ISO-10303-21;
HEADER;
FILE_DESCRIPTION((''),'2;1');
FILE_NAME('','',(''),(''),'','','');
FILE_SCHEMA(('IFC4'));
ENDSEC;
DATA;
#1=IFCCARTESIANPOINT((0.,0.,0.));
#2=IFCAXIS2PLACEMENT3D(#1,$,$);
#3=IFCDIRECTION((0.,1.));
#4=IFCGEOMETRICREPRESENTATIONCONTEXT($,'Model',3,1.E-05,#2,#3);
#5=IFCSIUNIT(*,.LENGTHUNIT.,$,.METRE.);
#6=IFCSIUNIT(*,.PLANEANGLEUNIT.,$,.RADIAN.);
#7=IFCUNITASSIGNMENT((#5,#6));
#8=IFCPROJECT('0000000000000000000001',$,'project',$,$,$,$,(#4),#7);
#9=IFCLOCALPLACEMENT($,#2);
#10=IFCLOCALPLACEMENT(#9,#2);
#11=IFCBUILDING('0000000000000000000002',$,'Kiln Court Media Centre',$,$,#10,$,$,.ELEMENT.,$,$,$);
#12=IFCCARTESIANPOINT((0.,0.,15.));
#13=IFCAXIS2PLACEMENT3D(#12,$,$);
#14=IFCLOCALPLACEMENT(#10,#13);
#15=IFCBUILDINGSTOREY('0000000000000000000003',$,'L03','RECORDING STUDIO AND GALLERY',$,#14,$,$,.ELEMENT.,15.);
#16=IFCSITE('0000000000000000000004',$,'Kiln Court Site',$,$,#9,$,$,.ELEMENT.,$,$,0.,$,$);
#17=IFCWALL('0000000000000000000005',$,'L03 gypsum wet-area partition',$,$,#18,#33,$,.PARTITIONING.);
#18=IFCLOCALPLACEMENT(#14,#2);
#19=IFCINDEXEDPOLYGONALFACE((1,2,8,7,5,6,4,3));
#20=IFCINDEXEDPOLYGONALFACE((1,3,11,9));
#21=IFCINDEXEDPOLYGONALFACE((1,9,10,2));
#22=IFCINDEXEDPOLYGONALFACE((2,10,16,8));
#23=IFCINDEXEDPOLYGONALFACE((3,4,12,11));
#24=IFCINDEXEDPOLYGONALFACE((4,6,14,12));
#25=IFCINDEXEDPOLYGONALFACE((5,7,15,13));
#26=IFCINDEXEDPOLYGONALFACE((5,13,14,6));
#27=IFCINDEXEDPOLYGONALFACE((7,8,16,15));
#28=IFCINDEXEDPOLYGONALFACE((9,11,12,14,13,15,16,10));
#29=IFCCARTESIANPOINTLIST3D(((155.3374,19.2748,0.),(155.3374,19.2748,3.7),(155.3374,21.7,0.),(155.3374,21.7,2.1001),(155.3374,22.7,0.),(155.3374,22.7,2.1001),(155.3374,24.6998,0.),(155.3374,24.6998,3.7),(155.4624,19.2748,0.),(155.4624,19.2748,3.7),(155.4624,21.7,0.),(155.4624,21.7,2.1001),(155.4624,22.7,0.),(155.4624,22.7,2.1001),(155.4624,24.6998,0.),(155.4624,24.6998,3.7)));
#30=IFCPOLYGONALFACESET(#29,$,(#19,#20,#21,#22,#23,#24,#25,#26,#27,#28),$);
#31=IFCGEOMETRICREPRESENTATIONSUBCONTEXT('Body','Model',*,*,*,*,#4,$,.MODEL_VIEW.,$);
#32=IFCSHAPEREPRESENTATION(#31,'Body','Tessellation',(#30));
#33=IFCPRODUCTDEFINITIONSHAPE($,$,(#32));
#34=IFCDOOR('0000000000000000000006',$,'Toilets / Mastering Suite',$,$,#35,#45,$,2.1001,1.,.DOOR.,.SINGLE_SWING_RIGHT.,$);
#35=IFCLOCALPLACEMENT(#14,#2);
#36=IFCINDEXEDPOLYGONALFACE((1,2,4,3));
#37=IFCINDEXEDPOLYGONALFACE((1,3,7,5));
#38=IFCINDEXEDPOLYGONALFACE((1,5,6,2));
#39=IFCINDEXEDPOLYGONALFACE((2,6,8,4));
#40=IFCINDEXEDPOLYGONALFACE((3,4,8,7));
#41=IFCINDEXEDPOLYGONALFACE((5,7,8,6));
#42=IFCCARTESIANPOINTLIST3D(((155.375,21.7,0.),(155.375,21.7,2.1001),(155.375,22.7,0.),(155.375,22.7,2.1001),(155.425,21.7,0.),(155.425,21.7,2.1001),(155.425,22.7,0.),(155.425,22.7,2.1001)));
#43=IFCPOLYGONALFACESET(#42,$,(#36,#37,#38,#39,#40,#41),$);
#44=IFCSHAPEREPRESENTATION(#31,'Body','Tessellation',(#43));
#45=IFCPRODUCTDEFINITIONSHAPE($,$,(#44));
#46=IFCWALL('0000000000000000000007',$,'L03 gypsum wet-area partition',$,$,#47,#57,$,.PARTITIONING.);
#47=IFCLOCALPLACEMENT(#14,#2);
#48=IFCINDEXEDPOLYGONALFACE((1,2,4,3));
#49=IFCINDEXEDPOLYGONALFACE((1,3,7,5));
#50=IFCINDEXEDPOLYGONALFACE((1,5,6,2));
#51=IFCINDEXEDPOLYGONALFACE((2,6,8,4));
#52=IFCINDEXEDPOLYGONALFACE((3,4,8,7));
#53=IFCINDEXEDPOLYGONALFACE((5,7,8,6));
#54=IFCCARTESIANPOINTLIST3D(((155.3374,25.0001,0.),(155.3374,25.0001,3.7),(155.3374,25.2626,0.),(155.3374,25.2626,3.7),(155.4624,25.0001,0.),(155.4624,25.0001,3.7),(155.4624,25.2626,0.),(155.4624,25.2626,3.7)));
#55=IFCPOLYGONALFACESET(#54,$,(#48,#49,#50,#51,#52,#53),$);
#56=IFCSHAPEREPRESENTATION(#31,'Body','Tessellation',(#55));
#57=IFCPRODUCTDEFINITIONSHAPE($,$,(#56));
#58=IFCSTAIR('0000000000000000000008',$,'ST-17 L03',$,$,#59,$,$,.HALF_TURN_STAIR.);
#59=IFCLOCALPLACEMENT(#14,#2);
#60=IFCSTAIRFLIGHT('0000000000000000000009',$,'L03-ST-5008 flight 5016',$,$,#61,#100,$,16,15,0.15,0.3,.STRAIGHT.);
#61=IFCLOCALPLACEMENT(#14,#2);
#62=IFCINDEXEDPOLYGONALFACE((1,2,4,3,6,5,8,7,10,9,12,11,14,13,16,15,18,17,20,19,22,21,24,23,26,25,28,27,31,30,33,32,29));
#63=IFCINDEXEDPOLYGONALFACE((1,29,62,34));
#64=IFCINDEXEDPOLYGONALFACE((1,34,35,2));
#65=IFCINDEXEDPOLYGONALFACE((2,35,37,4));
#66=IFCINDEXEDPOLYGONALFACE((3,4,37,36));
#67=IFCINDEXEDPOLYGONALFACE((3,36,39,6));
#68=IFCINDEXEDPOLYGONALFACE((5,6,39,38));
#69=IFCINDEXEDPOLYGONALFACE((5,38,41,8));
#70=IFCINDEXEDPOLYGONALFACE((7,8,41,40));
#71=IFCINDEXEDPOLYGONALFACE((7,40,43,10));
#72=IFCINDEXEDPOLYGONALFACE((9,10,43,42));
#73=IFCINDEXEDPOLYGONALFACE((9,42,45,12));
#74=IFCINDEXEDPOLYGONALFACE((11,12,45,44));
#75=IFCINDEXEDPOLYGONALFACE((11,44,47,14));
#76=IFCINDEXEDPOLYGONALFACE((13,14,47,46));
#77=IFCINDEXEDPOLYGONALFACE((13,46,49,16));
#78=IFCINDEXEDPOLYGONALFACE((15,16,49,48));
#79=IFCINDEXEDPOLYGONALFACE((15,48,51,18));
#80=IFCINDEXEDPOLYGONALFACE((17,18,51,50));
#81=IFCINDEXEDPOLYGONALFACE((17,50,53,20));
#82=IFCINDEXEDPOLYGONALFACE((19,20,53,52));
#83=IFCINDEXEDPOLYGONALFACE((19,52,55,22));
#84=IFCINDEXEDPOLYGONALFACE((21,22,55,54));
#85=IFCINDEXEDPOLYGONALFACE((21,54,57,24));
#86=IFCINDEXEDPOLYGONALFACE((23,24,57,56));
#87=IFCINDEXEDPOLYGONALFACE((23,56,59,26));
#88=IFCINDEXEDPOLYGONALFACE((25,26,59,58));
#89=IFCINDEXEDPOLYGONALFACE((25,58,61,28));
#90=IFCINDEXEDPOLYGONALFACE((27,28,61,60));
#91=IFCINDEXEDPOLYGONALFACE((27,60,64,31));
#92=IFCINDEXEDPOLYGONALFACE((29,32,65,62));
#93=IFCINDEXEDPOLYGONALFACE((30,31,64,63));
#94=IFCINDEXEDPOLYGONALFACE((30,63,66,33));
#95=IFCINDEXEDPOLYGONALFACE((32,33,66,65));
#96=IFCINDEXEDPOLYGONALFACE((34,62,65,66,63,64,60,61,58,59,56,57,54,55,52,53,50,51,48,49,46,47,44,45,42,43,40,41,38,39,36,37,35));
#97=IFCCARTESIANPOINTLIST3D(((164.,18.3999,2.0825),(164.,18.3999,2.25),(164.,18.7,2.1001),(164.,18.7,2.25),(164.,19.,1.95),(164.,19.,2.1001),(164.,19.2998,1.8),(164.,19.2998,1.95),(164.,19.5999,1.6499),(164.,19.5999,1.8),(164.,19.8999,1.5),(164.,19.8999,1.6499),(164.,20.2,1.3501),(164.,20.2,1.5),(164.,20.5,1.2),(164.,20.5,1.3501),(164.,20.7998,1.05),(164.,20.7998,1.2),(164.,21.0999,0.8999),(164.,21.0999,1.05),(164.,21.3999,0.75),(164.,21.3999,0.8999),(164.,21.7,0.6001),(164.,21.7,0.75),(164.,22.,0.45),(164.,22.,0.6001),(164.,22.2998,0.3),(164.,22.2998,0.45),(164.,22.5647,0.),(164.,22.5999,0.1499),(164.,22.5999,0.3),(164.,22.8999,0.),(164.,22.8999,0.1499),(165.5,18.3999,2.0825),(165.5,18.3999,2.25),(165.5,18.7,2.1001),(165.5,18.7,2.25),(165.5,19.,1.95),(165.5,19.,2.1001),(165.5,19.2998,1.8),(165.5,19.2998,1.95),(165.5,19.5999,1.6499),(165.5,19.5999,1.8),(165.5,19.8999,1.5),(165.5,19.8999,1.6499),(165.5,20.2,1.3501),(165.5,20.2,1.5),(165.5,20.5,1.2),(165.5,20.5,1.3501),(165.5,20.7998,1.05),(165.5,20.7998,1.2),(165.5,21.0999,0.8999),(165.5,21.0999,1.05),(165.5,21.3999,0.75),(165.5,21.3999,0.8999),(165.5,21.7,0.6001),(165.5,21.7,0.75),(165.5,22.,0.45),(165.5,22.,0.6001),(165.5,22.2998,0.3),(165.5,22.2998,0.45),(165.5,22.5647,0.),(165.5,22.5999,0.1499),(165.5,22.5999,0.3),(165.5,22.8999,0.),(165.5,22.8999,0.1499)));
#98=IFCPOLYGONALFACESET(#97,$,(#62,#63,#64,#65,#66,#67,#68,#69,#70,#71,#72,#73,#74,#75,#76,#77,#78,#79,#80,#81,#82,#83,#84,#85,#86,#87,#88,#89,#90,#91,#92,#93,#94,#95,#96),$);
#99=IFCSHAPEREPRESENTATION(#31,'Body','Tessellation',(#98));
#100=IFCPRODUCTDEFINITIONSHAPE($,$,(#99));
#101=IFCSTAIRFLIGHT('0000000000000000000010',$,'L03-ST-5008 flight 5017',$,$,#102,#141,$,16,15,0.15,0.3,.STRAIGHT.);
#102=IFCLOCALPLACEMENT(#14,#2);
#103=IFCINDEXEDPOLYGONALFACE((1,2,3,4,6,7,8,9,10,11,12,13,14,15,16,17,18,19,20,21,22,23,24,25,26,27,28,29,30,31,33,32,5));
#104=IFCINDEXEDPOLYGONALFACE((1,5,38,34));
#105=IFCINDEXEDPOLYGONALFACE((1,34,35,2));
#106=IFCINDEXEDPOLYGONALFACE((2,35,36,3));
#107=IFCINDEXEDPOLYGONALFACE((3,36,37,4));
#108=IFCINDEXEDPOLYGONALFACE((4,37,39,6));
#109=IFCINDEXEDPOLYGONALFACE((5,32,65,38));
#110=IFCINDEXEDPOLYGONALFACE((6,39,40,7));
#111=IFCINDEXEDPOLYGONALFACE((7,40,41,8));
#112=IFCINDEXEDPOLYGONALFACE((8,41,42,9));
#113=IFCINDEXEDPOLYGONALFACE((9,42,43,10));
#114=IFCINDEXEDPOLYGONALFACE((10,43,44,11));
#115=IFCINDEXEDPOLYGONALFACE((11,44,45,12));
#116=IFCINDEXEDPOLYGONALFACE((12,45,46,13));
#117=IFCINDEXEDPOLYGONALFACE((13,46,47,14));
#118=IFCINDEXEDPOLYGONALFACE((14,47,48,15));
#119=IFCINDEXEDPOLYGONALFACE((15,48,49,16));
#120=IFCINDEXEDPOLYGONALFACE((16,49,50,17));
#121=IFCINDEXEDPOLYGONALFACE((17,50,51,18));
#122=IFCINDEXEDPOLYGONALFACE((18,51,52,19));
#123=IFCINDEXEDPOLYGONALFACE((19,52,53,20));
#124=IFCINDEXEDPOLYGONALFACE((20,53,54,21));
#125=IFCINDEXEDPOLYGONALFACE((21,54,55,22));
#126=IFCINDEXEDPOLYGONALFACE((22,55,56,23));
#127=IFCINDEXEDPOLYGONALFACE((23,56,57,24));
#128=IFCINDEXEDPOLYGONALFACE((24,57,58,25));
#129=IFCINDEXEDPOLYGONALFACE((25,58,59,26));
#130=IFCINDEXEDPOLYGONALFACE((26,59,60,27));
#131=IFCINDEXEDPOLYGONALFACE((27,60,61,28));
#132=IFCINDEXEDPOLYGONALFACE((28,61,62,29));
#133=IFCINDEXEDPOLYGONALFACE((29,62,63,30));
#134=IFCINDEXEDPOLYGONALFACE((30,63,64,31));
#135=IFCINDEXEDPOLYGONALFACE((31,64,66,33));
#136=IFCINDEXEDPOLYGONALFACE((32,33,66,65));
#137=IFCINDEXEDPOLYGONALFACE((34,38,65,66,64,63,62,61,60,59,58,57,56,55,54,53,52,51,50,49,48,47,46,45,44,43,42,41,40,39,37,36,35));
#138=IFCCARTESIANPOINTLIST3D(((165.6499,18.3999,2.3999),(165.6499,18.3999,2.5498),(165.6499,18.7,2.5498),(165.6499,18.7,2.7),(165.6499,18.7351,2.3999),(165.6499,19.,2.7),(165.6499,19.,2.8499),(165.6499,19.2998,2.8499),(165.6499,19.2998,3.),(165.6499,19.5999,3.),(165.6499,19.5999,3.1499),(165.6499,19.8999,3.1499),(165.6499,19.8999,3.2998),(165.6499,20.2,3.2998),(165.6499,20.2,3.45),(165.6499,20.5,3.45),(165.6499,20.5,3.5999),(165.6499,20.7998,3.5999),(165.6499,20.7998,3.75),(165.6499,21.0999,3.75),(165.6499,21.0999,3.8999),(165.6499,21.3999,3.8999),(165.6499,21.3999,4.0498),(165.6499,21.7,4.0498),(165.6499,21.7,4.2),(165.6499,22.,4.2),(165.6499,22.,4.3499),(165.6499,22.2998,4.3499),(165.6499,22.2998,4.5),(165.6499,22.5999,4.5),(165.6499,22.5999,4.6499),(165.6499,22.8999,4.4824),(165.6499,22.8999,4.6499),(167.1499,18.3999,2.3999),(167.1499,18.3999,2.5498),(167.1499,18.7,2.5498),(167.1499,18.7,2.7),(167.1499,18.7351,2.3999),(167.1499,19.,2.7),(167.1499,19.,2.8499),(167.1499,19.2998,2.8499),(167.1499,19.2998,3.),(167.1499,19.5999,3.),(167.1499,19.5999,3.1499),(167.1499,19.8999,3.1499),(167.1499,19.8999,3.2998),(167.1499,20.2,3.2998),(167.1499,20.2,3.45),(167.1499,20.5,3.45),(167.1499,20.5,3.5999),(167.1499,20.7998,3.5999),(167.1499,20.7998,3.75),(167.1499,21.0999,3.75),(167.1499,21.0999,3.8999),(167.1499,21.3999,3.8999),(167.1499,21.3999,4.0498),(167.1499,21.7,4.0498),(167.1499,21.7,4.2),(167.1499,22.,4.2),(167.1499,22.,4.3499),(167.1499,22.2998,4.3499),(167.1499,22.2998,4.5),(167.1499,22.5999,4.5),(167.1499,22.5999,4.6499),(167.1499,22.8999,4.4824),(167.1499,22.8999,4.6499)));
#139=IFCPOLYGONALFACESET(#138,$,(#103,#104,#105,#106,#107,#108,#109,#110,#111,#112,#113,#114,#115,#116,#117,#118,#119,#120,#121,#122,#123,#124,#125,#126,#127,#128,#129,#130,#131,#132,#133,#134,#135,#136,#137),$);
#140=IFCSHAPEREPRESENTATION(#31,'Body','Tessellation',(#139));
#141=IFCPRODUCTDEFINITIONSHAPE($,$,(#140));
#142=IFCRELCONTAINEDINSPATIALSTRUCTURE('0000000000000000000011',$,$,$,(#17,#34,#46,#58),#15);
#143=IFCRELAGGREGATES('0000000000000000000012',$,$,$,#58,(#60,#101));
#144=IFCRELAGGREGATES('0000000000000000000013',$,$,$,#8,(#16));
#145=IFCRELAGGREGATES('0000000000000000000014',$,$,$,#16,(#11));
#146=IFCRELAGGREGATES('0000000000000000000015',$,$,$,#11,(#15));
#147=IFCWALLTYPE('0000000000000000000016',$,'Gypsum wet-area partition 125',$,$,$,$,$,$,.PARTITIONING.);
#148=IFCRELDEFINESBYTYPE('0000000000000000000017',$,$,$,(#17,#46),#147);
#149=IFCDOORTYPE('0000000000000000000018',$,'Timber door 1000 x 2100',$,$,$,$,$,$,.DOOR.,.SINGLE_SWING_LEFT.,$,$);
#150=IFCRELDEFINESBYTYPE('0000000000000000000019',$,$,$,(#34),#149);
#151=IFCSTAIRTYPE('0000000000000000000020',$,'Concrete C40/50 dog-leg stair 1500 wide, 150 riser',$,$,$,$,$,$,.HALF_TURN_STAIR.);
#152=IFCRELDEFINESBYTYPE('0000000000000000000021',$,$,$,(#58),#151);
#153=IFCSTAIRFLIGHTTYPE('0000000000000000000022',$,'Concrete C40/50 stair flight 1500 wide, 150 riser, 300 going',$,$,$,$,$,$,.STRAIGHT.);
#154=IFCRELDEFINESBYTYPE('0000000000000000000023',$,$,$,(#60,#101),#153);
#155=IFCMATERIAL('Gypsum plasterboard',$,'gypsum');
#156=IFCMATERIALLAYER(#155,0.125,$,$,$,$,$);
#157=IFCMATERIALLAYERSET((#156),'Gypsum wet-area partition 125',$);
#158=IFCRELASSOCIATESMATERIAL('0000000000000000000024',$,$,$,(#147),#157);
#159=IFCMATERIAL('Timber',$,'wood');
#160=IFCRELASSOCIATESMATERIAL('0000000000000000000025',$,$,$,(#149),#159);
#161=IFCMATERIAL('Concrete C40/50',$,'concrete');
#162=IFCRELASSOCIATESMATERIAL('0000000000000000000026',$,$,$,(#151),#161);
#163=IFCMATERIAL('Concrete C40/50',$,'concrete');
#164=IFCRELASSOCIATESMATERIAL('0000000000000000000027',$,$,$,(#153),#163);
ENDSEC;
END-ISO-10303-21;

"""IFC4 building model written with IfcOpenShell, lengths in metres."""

from ifc_helpers import new_model, si_unit, direction, frame, frame_2d, origin, place, context, subcontext, project, spatial, polyline, rectangle, outline, extrude, material, layer, layer_set, type_object, element, fill, aggregate, save


model = new_model("IFC4")

# Units and contexts
model_context = context("Model", 3, precision=1e-05, world=origin(), true_north=direction((0.0, 1.0)))
body_context = subcontext(model_context, "Body", "Model", "MODEL_VIEW")
ifc_project = project(units=[si_unit("LENGTHUNIT", "METRE"), si_unit("PLANEANGLEUNIT", "RADIAN")], contexts=[model_context])

# Site, building, storey
site_placement = place(None, origin())
site = spatial("IfcSite", under=ifc_project, at=site_placement, Name="Kiln Court Site", CompositionType="ELEMENT", RefElevation=0.0)
building_placement = place(site_placement, origin())
building = spatial("IfcBuilding", under=site, at=building_placement, Name="Kiln Court Media Centre", CompositionType="ELEMENT")
storey_placement = place(building_placement, frame((0.0, 0.0, 15.0)))
storey = spatial("IfcBuildingStorey", under=building, at=storey_placement, Name="L03", Description="RECORDING STUDIO AND GALLERY", CompositionType="ELEMENT", Elevation=15.0)

# Wall, opening, door
ifc_material_1 = material(Name="Gypsum plasterboard", Category="gypsum")
ifc_layer_1 = layer(ifc_material_1, 0.125)
ifc_layer_set_1 = layer_set([ifc_layer_1], Name="Gypsum wet-area partition 125")
wall_type_1 = type_object("IfcWallType", Name="Gypsum wet-area partition 125", PredefinedType="PARTITIONING", material=ifc_layer_set_1)
wall_1_placement = place(storey_placement, frame((155.3999, 19.2749, 0.0), z_axis=(0.0, 0.0, 1.0), x_axis=(0.0, 1.0, 0.0)))
wall_1 = element("IfcWall", 1, at=wall_1_placement, inside=storey, type_object=wall_type_1, Name="L03 gypsum wet-area partition", PredefinedType="PARTITIONING", context=body_context, shape_type="SweptSolid", body=[
    extrude(rectangle(XDim=5.425, YDim=0.125, at=frame_2d((2.7124, 0.0))), origin(), (0.0, 0.0, 1.0), 3.7),
])
opening_1_placement = place(wall_1_placement, frame((2.425, 0.0, 0.0)))
opening_1 = element("IfcOpeningElement", 2, at=opening_1_placement, cuts=wall_1, PredefinedType="OPENING", context=body_context, shape_type="SweptSolid", body=[
    extrude(rectangle(XDim=1.0, YDim=2.1001, at=frame_2d((0.5, 1.05))), frame((0.0, 0.0725, 0.0), z_axis=(0.0, -1.0, 0.0), x_axis=(1.0, 0.0, 0.0)), (0.0, 0.0, 1.0), 0.145),
])
ifc_material_2 = material(Name="Timber", Category="wood")
door_type_1 = type_object("IfcDoorType", Name="Timber door 1000 x 2100", OperationType="SINGLE_SWING_LEFT", PredefinedType="DOOR", material=ifc_material_2)
door_1_placement = place(opening_1_placement, origin())
door_1 = element("IfcDoor", 3, at=door_1_placement, inside=storey, type_object=door_type_1, Name="Toilets / Mastering Suite", OperationType="SINGLE_SWING_RIGHT", OverallHeight=2.1001, OverallWidth=1.0, PredefinedType="DOOR", context=body_context, shape_type="SweptSolid", body=[
    extrude(rectangle(XDim=1.0, YDim=2.1001, at=frame_2d((0.5, 1.05))), frame((0.0, 0.0249, 0.0), z_axis=(0.0, -1.0, 0.0), x_axis=(1.0, 0.0, 0.0)), (0.0, 0.0, 1.0), 0.05),
])
fill(opening_1, door_1)

# Wall
wall_2_placement = place(storey_placement, frame((155.3999, 25.0, 0.0), z_axis=(0.0, 0.0, 1.0), x_axis=(0.0, 1.0, 0.0)))
element("IfcWall", 4, at=wall_2_placement, inside=storey, type_object=wall_type_1, Name="L03 gypsum wet-area partition", PredefinedType="PARTITIONING", context=body_context, shape_type="SweptSolid", body=[
    extrude(rectangle(XDim=0.2625, YDim=0.125, at=frame_2d((0.1313, 0.0))), origin(), (0.0, 0.0, 1.0), 3.7),
])

# Stair, stair flights
ifc_material_3 = material(Name="Concrete C40/50", Category="concrete")
stair_type = type_object("IfcStairType", Name="Concrete C40/50 dog-leg stair 1500 wide, 150 riser", PredefinedType="HALF_TURN_STAIR", material=ifc_material_3)
stair_placement = place(storey_placement, origin())
stair = element("IfcStair", 5, at=stair_placement, inside=storey, type_object=stair_type, Name="ST-17 L03", PredefinedType="HALF_TURN_STAIR")
ifc_material_4 = material(Name="Concrete C40/50", Category="concrete")
stair_flight_type = type_object("IfcStairFlightType", Name="Concrete C40/50 stair flight 1500 wide, 150 riser, 300 going", PredefinedType="STRAIGHT", material=ifc_material_4)
stair_flight_1_placement = place(storey_placement, frame((164.75, 22.8999, 0.0), z_axis=(0.0, 0.0, 1.0), x_axis=(0.0, -1.0, 0.0)))
stair_flight_1 = element("IfcStairFlight", 6, at=stair_flight_1_placement, type_object=stair_flight_type, Name="L03-ST-5008 flight 5016", NumberOfRisers=16, NumberOfTreads=15, PredefinedType="STRAIGHT", RiserHeight=0.15, TreadLength=0.3, context=body_context, shape_type="SweptSolid", body=[
    extrude(outline(polyline([(0.0, 0.0), (0.0, 0.1499), (0.3, 0.1499), (0.3, 0.3), (0.6001, 0.3), (0.6001, 0.45), (0.8999, 0.45), (0.8999, 0.6001), (1.2, 0.6001), (1.2, 0.75), (1.5, 0.75), (1.5, 0.8999), (1.8, 0.8999), (1.8, 1.05), (2.1001, 1.05), (2.1001, 1.2), (2.3999, 1.2), (2.3999, 1.3501), (2.7, 1.3501), (2.7, 1.5), (3.0, 1.5), (3.0, 1.6499), (3.3, 1.6499), (3.3, 1.8), (3.6001, 1.8), (3.6001, 1.95), (3.8999, 1.95), (3.8999, 2.1001), (4.2, 2.1001), (4.2, 2.25), (4.5, 2.25), (4.5, 2.3999), (4.5, 2.0825), (0.3352, 0.0), (0.0, 0.0)])), frame((0.0, 0.75, 0.0), z_axis=(0.0, -1.0, 0.0), x_axis=(1.0, 0.0, 0.0)), (0.0, 0.0, 1.0), 1.5),
])
stair_flight_2_placement = place(storey_placement, frame((166.3999, 18.3999, 2.3999), z_axis=(0.0, 0.0, 1.0), x_axis=(0.0, 1.0, 0.0)))
stair_flight_2 = element("IfcStairFlight", 7, at=stair_flight_2_placement, type_object=stair_flight_type, Name="L03-ST-5008 flight 5017", NumberOfRisers=16, NumberOfTreads=15, PredefinedType="STRAIGHT", RiserHeight=0.15, TreadLength=0.3, context=body_context, shape_type="SweptSolid", body=[
    extrude(outline(polyline([(0.0, 0.0), (0.0, 0.1499), (0.3, 0.1499), (0.3, 0.3), (0.6001, 0.3), (0.6001, 0.45), (0.8999, 0.45), (0.8999, 0.6001), (1.2, 0.6001), (1.2, 0.75), (1.5, 0.75), (1.5, 0.8999), (1.8, 0.8999), (1.8, 1.05), (2.1001, 1.05), (2.1001, 1.2), (2.3999, 1.2), (2.3999, 1.3501), (2.7, 1.3501), (2.7, 1.5), (3.0, 1.5), (3.0, 1.6499), (3.3, 1.6499), (3.3, 1.8), (3.6001, 1.8), (3.6001, 1.95), (3.8999, 1.95), (3.8999, 2.1001), (4.2, 2.1001), (4.2, 2.25), (4.5, 2.25), (4.5, 2.3999), (4.5, 2.0825), (0.3352, 0.0), (0.0, 0.0)])), frame((0.0, 0.75, 0.0), z_axis=(0.0, -1.0, 0.0), x_axis=(1.0, 0.0, 0.0)), (0.0, 0.0, 1.0), 1.5),
])
aggregate(stair, [stair_flight_1, stair_flight_2])

save(model, "model.ifc")
